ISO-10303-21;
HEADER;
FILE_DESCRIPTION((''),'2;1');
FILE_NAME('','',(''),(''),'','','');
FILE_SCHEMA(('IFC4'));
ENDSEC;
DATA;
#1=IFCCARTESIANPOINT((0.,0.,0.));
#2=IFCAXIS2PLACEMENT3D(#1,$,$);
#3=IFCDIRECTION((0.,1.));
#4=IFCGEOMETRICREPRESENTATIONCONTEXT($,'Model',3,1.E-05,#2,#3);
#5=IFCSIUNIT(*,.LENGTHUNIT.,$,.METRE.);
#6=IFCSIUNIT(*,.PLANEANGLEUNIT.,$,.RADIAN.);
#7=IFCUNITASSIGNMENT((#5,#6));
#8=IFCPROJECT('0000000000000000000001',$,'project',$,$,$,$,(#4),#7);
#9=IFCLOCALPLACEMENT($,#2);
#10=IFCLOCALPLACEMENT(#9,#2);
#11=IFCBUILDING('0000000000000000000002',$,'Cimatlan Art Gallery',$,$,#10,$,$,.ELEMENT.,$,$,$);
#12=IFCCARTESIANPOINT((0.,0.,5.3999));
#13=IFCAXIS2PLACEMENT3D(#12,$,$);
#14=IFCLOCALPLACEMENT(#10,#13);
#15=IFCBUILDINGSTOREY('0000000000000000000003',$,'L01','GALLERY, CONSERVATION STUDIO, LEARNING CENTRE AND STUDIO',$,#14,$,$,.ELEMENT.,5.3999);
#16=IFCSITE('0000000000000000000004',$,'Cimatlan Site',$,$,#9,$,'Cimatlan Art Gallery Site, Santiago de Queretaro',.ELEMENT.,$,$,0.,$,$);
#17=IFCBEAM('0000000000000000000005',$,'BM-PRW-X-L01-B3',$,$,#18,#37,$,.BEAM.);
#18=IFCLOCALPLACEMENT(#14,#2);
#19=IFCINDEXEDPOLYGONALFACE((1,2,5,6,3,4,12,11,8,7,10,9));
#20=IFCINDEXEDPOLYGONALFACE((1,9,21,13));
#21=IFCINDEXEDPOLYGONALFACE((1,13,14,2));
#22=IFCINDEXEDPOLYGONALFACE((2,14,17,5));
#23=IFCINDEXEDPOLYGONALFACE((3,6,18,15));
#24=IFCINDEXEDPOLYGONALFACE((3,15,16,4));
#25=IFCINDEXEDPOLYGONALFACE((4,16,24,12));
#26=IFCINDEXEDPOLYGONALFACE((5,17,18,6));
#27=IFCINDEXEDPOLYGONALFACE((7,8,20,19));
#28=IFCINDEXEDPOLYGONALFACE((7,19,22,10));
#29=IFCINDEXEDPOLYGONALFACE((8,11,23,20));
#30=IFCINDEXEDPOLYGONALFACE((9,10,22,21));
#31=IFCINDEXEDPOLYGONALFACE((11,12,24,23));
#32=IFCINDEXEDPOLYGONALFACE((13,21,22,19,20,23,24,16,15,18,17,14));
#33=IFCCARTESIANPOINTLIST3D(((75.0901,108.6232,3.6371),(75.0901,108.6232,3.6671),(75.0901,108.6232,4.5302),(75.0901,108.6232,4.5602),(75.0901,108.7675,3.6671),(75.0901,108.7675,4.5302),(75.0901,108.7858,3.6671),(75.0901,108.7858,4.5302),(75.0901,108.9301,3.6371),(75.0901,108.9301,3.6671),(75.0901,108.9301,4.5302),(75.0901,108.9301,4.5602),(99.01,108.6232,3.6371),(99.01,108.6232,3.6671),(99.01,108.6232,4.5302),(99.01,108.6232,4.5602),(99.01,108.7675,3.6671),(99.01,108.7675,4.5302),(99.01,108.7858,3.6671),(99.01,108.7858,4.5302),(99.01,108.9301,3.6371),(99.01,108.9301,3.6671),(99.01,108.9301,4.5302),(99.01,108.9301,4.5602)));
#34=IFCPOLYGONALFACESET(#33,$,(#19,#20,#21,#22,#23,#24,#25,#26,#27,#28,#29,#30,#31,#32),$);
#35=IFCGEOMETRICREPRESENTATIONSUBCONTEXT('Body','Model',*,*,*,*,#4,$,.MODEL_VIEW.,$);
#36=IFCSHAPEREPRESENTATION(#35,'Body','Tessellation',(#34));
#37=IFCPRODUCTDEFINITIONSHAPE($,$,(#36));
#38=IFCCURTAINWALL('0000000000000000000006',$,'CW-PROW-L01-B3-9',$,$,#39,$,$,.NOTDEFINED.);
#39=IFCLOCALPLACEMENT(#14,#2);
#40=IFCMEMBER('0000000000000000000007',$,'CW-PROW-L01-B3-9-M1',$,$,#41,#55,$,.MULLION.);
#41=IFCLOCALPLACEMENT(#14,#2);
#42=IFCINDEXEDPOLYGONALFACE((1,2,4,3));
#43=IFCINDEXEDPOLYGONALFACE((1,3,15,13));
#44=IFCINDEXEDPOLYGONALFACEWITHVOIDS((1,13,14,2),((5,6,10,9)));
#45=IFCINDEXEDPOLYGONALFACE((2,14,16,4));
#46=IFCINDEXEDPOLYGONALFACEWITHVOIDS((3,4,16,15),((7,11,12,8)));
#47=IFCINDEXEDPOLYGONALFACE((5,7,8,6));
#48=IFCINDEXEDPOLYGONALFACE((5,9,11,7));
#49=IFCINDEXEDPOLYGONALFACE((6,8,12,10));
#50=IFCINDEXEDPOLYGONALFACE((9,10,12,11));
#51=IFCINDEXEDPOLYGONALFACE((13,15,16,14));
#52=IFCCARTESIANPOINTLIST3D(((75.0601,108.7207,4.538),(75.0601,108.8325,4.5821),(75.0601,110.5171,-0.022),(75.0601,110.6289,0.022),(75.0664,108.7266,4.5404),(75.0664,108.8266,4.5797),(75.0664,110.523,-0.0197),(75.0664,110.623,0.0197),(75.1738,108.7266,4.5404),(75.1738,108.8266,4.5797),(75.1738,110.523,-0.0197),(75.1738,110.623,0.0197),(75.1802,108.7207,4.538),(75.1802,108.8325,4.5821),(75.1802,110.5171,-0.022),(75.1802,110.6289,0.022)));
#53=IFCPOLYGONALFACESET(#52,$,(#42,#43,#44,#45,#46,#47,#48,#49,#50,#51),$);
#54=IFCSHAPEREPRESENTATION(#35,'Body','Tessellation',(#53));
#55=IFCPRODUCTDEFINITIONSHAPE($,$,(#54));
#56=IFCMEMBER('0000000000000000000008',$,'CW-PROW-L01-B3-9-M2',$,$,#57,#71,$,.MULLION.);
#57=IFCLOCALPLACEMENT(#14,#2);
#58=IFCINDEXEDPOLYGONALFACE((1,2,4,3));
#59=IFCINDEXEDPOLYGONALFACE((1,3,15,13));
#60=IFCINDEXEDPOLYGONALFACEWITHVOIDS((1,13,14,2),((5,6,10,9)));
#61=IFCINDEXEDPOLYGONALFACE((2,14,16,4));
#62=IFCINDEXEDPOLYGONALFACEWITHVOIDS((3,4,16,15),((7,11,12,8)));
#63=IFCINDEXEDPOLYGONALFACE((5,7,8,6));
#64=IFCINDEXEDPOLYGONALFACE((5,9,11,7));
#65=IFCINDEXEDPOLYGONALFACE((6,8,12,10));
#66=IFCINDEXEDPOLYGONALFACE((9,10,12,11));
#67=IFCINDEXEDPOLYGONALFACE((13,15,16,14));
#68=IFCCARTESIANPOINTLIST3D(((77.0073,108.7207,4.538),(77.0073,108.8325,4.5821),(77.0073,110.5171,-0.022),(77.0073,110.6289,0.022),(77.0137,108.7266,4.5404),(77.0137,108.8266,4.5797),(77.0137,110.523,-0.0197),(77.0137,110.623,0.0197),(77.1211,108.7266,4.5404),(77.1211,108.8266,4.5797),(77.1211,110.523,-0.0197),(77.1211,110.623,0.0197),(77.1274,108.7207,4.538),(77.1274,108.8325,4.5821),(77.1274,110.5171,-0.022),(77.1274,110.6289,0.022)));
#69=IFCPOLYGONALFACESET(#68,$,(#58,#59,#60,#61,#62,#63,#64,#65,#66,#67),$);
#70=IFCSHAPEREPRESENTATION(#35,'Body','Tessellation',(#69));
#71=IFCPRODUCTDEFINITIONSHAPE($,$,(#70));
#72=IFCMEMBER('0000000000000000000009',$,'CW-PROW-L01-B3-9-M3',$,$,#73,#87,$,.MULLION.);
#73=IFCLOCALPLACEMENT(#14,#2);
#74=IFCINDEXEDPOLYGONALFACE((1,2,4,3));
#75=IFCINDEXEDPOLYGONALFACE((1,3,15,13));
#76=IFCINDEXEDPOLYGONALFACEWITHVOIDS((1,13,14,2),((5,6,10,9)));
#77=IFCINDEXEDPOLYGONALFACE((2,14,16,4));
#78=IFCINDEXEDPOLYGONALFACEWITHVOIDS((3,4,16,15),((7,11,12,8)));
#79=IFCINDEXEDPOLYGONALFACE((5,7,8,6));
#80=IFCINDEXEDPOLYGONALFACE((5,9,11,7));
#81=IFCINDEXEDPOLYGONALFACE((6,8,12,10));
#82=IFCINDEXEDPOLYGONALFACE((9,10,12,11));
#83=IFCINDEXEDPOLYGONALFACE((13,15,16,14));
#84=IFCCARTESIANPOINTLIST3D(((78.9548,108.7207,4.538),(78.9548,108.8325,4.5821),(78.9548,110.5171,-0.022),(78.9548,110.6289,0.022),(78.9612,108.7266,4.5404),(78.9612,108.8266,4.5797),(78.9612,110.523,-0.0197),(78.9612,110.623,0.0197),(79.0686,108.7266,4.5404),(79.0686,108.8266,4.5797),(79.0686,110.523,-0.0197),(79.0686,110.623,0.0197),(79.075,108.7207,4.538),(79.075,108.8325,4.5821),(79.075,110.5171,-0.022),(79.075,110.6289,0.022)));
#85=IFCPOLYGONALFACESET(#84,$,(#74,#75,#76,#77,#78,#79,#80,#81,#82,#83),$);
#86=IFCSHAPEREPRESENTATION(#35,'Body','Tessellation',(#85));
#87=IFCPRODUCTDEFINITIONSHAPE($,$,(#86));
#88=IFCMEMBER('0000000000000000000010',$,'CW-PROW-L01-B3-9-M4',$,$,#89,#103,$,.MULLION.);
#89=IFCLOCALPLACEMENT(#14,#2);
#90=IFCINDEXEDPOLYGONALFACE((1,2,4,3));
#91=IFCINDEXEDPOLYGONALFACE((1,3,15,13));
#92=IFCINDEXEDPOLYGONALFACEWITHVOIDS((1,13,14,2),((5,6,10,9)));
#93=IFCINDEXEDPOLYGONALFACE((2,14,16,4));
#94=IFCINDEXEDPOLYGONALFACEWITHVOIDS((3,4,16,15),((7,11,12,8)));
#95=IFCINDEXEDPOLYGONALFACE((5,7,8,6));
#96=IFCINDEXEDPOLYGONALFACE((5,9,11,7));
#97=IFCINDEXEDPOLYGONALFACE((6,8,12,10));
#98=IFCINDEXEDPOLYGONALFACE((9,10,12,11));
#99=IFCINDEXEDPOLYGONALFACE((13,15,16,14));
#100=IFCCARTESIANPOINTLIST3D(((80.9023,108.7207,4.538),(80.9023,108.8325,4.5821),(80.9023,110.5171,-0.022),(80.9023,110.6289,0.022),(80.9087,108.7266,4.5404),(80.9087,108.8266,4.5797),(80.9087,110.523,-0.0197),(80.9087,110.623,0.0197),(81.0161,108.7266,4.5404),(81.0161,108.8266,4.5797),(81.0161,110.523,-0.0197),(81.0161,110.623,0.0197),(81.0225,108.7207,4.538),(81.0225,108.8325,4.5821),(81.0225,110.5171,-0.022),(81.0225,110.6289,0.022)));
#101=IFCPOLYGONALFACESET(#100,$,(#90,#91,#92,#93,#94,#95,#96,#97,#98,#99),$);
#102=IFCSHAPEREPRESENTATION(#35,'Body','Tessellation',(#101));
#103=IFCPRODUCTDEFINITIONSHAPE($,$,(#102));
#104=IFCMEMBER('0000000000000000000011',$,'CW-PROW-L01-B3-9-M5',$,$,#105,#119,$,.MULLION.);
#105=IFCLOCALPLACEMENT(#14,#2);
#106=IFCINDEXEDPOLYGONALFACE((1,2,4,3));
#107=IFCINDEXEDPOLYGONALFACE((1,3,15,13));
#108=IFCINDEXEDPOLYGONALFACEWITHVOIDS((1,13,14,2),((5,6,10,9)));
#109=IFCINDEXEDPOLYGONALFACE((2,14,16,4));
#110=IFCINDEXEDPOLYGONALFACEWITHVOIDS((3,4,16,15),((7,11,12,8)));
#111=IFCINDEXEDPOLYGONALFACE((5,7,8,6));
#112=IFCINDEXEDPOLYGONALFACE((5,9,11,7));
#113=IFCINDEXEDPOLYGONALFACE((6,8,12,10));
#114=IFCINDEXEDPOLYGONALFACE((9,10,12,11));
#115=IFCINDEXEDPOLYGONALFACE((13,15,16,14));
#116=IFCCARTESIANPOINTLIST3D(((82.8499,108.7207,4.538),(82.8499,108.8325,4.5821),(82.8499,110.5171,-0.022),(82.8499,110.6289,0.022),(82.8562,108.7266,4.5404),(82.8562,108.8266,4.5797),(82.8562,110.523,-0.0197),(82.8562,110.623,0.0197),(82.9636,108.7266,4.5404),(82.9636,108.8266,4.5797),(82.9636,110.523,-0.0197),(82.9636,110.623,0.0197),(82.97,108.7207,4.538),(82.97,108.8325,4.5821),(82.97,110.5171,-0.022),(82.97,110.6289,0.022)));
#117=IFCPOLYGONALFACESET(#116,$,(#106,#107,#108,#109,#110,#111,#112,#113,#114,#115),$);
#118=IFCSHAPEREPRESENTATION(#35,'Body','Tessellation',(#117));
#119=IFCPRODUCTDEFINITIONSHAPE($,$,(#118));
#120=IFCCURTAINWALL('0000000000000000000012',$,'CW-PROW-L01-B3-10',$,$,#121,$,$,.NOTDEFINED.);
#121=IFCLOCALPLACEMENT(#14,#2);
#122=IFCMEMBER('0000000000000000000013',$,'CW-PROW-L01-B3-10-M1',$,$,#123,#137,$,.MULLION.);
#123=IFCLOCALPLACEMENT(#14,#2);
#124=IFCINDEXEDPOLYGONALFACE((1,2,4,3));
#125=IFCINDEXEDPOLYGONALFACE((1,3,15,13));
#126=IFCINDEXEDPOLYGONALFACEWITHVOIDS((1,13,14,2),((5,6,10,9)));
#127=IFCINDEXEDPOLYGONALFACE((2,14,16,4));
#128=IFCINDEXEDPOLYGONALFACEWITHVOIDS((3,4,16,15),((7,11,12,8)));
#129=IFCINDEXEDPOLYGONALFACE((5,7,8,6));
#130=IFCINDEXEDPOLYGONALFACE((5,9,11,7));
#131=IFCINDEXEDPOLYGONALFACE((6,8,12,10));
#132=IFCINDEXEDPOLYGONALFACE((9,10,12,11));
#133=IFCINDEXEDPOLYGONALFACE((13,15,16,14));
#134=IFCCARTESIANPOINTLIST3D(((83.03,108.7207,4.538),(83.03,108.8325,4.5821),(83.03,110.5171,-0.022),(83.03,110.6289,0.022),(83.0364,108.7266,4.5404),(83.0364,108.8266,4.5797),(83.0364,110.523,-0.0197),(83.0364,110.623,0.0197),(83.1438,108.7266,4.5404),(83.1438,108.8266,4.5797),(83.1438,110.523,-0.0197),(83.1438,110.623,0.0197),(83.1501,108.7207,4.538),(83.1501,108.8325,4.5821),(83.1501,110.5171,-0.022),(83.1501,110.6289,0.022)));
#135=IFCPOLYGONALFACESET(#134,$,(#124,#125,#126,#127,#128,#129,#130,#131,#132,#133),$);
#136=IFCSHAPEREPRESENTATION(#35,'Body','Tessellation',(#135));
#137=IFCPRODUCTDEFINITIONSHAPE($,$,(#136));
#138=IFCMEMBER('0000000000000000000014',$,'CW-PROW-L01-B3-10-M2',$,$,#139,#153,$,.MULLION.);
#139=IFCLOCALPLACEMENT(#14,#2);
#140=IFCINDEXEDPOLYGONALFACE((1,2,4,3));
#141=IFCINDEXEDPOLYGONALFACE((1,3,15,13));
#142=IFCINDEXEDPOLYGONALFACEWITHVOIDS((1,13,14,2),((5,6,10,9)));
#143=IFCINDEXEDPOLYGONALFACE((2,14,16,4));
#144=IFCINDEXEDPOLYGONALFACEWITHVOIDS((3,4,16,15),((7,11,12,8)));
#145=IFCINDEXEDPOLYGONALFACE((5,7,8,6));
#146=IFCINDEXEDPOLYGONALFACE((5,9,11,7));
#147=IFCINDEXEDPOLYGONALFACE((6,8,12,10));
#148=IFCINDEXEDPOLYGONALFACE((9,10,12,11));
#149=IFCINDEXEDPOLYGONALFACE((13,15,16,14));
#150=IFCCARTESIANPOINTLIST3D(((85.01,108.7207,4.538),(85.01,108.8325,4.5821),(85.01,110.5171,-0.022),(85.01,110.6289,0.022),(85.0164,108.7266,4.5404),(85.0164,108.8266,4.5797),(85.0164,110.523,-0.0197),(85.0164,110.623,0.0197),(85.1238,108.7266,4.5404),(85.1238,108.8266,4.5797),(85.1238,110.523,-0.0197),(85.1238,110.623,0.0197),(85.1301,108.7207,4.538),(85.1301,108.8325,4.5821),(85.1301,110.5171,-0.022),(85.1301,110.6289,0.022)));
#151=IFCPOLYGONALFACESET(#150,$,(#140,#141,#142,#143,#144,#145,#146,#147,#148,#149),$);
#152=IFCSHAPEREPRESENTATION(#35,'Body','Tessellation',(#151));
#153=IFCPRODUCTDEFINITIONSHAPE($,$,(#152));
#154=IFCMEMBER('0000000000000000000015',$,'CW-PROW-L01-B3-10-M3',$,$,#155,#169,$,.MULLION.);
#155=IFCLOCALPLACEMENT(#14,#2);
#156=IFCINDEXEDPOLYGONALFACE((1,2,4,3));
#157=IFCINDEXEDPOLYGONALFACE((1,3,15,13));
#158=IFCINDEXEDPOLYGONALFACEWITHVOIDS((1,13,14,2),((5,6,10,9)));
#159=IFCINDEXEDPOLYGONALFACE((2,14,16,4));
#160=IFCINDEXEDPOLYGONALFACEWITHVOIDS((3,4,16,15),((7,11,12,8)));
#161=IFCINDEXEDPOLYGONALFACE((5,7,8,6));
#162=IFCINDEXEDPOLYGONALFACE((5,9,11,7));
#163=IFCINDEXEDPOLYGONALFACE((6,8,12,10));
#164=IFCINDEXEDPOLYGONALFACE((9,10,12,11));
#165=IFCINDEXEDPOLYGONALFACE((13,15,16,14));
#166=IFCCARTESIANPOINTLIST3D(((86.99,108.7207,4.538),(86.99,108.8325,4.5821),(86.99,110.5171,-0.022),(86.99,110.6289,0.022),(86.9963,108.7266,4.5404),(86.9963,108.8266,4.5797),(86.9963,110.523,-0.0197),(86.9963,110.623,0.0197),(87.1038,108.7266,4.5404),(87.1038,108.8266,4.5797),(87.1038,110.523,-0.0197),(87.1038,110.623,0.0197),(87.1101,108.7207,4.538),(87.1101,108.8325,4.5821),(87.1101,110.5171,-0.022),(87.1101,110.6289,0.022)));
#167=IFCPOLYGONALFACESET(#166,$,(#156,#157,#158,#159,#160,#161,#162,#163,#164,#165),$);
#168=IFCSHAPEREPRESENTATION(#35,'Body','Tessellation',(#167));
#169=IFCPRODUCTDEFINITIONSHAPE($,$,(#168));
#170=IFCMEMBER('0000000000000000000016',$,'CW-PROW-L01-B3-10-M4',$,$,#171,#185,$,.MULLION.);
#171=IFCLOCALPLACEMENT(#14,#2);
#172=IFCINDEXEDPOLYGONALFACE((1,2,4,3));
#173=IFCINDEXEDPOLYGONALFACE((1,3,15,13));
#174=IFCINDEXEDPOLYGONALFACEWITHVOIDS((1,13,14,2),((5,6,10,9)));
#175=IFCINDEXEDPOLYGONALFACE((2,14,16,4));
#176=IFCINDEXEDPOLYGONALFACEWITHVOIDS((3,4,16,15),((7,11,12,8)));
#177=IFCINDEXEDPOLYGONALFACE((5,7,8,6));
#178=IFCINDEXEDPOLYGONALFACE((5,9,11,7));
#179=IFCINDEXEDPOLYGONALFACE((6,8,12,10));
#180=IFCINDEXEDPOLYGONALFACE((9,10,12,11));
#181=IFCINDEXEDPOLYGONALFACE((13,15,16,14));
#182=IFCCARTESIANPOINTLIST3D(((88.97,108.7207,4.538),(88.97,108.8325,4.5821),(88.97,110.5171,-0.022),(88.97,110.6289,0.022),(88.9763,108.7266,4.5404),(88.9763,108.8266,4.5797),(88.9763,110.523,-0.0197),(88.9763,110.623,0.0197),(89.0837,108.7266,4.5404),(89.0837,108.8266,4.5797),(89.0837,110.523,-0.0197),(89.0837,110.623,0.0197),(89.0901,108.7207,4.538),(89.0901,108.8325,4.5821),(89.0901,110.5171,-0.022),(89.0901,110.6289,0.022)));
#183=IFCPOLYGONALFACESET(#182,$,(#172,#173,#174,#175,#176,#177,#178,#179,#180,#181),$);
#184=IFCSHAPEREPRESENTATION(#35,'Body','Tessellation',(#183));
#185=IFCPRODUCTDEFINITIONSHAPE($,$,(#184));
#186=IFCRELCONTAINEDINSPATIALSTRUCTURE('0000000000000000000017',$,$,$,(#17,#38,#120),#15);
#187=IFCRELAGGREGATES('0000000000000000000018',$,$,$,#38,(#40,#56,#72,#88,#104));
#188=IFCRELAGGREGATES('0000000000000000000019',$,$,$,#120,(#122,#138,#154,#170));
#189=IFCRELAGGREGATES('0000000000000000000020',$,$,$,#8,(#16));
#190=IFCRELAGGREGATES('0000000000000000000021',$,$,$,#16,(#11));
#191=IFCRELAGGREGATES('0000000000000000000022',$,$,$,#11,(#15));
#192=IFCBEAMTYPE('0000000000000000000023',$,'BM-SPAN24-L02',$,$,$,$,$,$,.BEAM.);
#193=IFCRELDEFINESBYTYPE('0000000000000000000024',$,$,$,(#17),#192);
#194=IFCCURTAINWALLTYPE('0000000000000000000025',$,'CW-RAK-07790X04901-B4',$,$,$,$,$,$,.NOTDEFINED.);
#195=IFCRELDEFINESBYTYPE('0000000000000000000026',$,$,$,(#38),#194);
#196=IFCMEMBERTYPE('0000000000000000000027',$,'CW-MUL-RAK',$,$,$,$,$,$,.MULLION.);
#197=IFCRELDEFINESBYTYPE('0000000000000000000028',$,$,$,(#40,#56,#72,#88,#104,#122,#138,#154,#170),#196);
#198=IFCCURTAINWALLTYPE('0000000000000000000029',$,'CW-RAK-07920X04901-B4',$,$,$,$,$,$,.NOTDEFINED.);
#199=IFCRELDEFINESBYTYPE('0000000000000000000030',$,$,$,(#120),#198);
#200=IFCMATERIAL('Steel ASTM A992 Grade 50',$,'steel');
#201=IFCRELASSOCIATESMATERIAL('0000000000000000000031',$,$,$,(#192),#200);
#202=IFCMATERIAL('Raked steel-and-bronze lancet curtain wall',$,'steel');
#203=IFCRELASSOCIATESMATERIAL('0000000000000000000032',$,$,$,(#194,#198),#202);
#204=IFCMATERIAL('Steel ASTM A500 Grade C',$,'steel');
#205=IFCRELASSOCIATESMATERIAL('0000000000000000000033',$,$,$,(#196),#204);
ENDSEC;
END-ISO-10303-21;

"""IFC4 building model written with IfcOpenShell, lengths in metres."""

from ifc_helpers import new_model, si_unit, direction, frame, origin, origin_2d, place, context, subcontext, project, spatial, hollow_rectangle, i_section, extrude, material, material_profile, profile_set, type_object, element, aggregate, save


model = new_model("IFC4")

# Units and contexts
model_context = context("Model", 3, precision=1e-05, world=origin(), true_north=direction((0.0, 1.0)))
body_context = subcontext(model_context, "Body", "Model", "MODEL_VIEW")
ifc_project = project(units=[si_unit("LENGTHUNIT", "METRE"), si_unit("PLANEANGLEUNIT", "RADIAN")], contexts=[model_context])

# Site, building, storey
site_placement = place(None, origin())
site = spatial("IfcSite", under=ifc_project, at=site_placement, Name="Cimatlan Site", LongName="Cimatlan Art Gallery Site, Santiago de Queretaro", CompositionType="ELEMENT", RefElevation=0.0)
building_placement = place(site_placement, origin())
building = spatial("IfcBuilding", under=site, at=building_placement, Name="Cimatlan Art Gallery", CompositionType="ELEMENT")
storey_placement = place(building_placement, frame((0.0, 0.0, 5.3999)))
storey = spatial("IfcBuildingStorey", under=building, at=storey_placement, Name="L01", Description="GALLERY, CONSERVATION STUDIO, LEARNING CENTRE AND STUDIO", CompositionType="ELEMENT", Elevation=5.3999)

# Beam
ifc_material_1 = material(Name="Steel ASTM A992 Grade 50", Category="steel")
ifc_material_profile_1 = material_profile(ifc_material_1, i_section(OverallWidth=0.3069, OverallDepth=0.9231, WebThickness=0.0183, FlangeThickness=0.03, at=origin_2d()), Name="W36X182")
ifc_profile_set_1 = profile_set([ifc_material_profile_1], Name="Steel ASTM A992 Grade 50")
beam_type = type_object("IfcBeamType", Name="BM-SPAN24-L02", PredefinedType="BEAM", material=ifc_profile_set_1)
beam_placement = place(storey_placement, frame((75.0901, 108.7766, 4.0986), z_axis=(1.0, 0.0, 0.0), x_axis=(0.0, 1.0, 0.0)))
element("IfcBeam", 1, at=beam_placement, inside=storey, type_object=beam_type, Name="BM-PRW-X-L01-B3", PredefinedType="BEAM", context=body_context, shape_type="SweptSolid", body=[
    extrude(i_section(OverallWidth=0.3069, OverallDepth=0.9231, WebThickness=0.0183, FlangeThickness=0.03, at=origin_2d()), origin(), (0.0, 0.0, 1.0), 23.9199),
])

# Curtain walls, members
ifc_material_2 = material(Name="Raked steel-and-bronze lancet curtain wall", Category="steel")
curtain_wall_type_1 = type_object("IfcCurtainWallType", Name="CW-RAK-07790X04901-B4", PredefinedType="NOTDEFINED", material=ifc_material_2)
curtain_wall_1_placement = place(storey_placement, origin())
curtain_wall_1 = element("IfcCurtainWall", 2, at=curtain_wall_1_placement, inside=storey, type_object=curtain_wall_type_1, Name="CW-PROW-L01-B3-9", PredefinedType="NOTDEFINED")
ifc_material_3 = material(Name="Steel ASTM A500 Grade C", Category="steel")
ifc_material_profile_2 = material_profile(ifc_material_3, hollow_rectangle(XDim=0.1201, YDim=0.1201, WallThickness=0.0063, at=origin_2d()), Name="HSS120X120X6")
ifc_profile_set_2 = profile_set([ifc_material_profile_2], Name="Steel ASTM A500 Grade C")
member_type_1 = type_object("IfcMemberType", Name="CW-MUL-RAK", PredefinedType="MULLION", material=ifc_profile_set_2)
member_1_placement = place(storey_placement, frame((75.1201, 110.573, 0.0), z_axis=(0.0, -0.366525, 0.930408), x_axis=(1.0, 0.0, 0.0)))
member_1 = element("IfcMember", 3, at=member_1_placement, type_object=member_type_1, Name="CW-PROW-L01-B3-9-M1", PredefinedType="MULLION", context=body_context, shape_type="SweptSolid", body=[
    extrude(hollow_rectangle(XDim=0.1201, YDim=0.1201, WallThickness=0.0063, at=origin_2d()), origin(), (0.0, 0.0, 1.0), 4.9011),
])
member_2_placement = place(storey_placement, frame((77.0674, 110.573, 0.0), z_axis=(0.0, -0.366525, 0.930408), x_axis=(1.0, 0.0, 0.0)))
member_2 = element("IfcMember", 4, at=member_2_placement, type_object=member_type_1, Name="CW-PROW-L01-B3-9-M2", PredefinedType="MULLION", context=body_context, shape_type="SweptSolid", body=[
    extrude(hollow_rectangle(XDim=0.1201, YDim=0.1201, WallThickness=0.0063, at=origin_2d()), origin(), (0.0, 0.0, 1.0), 4.9011),
])
member_3_placement = place(storey_placement, frame((79.0149, 110.573, 0.0), z_axis=(0.0, -0.366525, 0.930408), x_axis=(1.0, 0.0, 0.0)))
member_3 = element("IfcMember", 5, at=member_3_placement, type_object=member_type_1, Name="CW-PROW-L01-B3-9-M3", PredefinedType="MULLION", context=body_context, shape_type="SweptSolid", body=[
    extrude(hollow_rectangle(XDim=0.1201, YDim=0.1201, WallThickness=0.0063, at=origin_2d()), origin(), (0.0, 0.0, 1.0), 4.9011),
])
member_4_placement = place(storey_placement, frame((80.9624, 110.573, 0.0), z_axis=(0.0, -0.366525, 0.930408), x_axis=(1.0, 0.0, 0.0)))
member_4 = element("IfcMember", 6, at=member_4_placement, type_object=member_type_1, Name="CW-PROW-L01-B3-9-M4", PredefinedType="MULLION", context=body_context, shape_type="SweptSolid", body=[
    extrude(hollow_rectangle(XDim=0.1201, YDim=0.1201, WallThickness=0.0063, at=origin_2d()), origin(), (0.0, 0.0, 1.0), 4.9011),
])
member_5_placement = place(storey_placement, frame((82.9099, 110.573, 0.0), z_axis=(0.0, -0.366525, 0.930408), x_axis=(1.0, 0.0, 0.0)))
member_5 = element("IfcMember", 7, at=member_5_placement, type_object=member_type_1, Name="CW-PROW-L01-B3-9-M5", PredefinedType="MULLION", context=body_context, shape_type="SweptSolid", body=[
    extrude(hollow_rectangle(XDim=0.1201, YDim=0.1201, WallThickness=0.0063, at=origin_2d()), origin(), (0.0, 0.0, 1.0), 4.9011),
])
curtain_wall_type_2 = type_object("IfcCurtainWallType", Name="CW-RAK-07920X04901-B4", PredefinedType="NOTDEFINED", material=ifc_material_2)
curtain_wall_2_placement = place(storey_placement, origin())
curtain_wall_2 = element("IfcCurtainWall", 8, at=curtain_wall_2_placement, inside=storey, type_object=curtain_wall_type_2, Name="CW-PROW-L01-B3-10", PredefinedType="NOTDEFINED")
member_6_placement = place(storey_placement, frame((83.0901, 110.573, 0.0), z_axis=(0.0, -0.366525, 0.930408), x_axis=(1.0, 0.0, 0.0)))
member_6 = element("IfcMember", 9, at=member_6_placement, type_object=member_type_1, Name="CW-PROW-L01-B3-10-M1", PredefinedType="MULLION", context=body_context, shape_type="SweptSolid", body=[
    extrude(hollow_rectangle(XDim=0.1201, YDim=0.1201, WallThickness=0.0063, at=origin_2d()), origin(), (0.0, 0.0, 1.0), 4.9011),
])
member_7_placement = place(storey_placement, frame((85.0701, 110.573, 0.0), z_axis=(0.0, -0.366525, 0.930408), x_axis=(1.0, 0.0, 0.0)))
member_7 = element("IfcMember", 10, at=member_7_placement, type_object=member_type_1, Name="CW-PROW-L01-B3-10-M2", PredefinedType="MULLION", context=body_context, shape_type="SweptSolid", body=[
    extrude(hollow_rectangle(XDim=0.1201, YDim=0.1201, WallThickness=0.0063, at=origin_2d()), origin(), (0.0, 0.0, 1.0), 4.9011),
])
member_8_placement = place(storey_placement, frame((87.05, 110.573, 0.0), z_axis=(0.0, -0.366525, 0.930408), x_axis=(1.0, 0.0, 0.0)))
member_8 = element("IfcMember", 11, at=member_8_placement, type_object=member_type_1, Name="CW-PROW-L01-B3-10-M3", PredefinedType="MULLION", context=body_context, shape_type="SweptSolid", body=[
    extrude(hollow_rectangle(XDim=0.1201, YDim=0.1201, WallThickness=0.0063, at=origin_2d()), origin(), (0.0, 0.0, 1.0), 4.9011),
])
member_9_placement = place(storey_placement, frame((89.03, 110.573, 0.0), z_axis=(0.0, -0.366525, 0.930408), x_axis=(1.0, 0.0, 0.0)))
member_9 = element("IfcMember", 12, at=member_9_placement, type_object=member_type_1, Name="CW-PROW-L01-B3-10-M4", PredefinedType="MULLION", context=body_context, shape_type="SweptSolid", body=[
    extrude(hollow_rectangle(XDim=0.1201, YDim=0.1201, WallThickness=0.0063, at=origin_2d()), origin(), (0.0, 0.0, 1.0), 4.9011),
])

aggregate(curtain_wall_1, [member_1, member_2, member_3, member_4, member_5])
aggregate(curtain_wall_2, [member_6, member_7, member_8, member_9])

save(model, "model.ifc")
